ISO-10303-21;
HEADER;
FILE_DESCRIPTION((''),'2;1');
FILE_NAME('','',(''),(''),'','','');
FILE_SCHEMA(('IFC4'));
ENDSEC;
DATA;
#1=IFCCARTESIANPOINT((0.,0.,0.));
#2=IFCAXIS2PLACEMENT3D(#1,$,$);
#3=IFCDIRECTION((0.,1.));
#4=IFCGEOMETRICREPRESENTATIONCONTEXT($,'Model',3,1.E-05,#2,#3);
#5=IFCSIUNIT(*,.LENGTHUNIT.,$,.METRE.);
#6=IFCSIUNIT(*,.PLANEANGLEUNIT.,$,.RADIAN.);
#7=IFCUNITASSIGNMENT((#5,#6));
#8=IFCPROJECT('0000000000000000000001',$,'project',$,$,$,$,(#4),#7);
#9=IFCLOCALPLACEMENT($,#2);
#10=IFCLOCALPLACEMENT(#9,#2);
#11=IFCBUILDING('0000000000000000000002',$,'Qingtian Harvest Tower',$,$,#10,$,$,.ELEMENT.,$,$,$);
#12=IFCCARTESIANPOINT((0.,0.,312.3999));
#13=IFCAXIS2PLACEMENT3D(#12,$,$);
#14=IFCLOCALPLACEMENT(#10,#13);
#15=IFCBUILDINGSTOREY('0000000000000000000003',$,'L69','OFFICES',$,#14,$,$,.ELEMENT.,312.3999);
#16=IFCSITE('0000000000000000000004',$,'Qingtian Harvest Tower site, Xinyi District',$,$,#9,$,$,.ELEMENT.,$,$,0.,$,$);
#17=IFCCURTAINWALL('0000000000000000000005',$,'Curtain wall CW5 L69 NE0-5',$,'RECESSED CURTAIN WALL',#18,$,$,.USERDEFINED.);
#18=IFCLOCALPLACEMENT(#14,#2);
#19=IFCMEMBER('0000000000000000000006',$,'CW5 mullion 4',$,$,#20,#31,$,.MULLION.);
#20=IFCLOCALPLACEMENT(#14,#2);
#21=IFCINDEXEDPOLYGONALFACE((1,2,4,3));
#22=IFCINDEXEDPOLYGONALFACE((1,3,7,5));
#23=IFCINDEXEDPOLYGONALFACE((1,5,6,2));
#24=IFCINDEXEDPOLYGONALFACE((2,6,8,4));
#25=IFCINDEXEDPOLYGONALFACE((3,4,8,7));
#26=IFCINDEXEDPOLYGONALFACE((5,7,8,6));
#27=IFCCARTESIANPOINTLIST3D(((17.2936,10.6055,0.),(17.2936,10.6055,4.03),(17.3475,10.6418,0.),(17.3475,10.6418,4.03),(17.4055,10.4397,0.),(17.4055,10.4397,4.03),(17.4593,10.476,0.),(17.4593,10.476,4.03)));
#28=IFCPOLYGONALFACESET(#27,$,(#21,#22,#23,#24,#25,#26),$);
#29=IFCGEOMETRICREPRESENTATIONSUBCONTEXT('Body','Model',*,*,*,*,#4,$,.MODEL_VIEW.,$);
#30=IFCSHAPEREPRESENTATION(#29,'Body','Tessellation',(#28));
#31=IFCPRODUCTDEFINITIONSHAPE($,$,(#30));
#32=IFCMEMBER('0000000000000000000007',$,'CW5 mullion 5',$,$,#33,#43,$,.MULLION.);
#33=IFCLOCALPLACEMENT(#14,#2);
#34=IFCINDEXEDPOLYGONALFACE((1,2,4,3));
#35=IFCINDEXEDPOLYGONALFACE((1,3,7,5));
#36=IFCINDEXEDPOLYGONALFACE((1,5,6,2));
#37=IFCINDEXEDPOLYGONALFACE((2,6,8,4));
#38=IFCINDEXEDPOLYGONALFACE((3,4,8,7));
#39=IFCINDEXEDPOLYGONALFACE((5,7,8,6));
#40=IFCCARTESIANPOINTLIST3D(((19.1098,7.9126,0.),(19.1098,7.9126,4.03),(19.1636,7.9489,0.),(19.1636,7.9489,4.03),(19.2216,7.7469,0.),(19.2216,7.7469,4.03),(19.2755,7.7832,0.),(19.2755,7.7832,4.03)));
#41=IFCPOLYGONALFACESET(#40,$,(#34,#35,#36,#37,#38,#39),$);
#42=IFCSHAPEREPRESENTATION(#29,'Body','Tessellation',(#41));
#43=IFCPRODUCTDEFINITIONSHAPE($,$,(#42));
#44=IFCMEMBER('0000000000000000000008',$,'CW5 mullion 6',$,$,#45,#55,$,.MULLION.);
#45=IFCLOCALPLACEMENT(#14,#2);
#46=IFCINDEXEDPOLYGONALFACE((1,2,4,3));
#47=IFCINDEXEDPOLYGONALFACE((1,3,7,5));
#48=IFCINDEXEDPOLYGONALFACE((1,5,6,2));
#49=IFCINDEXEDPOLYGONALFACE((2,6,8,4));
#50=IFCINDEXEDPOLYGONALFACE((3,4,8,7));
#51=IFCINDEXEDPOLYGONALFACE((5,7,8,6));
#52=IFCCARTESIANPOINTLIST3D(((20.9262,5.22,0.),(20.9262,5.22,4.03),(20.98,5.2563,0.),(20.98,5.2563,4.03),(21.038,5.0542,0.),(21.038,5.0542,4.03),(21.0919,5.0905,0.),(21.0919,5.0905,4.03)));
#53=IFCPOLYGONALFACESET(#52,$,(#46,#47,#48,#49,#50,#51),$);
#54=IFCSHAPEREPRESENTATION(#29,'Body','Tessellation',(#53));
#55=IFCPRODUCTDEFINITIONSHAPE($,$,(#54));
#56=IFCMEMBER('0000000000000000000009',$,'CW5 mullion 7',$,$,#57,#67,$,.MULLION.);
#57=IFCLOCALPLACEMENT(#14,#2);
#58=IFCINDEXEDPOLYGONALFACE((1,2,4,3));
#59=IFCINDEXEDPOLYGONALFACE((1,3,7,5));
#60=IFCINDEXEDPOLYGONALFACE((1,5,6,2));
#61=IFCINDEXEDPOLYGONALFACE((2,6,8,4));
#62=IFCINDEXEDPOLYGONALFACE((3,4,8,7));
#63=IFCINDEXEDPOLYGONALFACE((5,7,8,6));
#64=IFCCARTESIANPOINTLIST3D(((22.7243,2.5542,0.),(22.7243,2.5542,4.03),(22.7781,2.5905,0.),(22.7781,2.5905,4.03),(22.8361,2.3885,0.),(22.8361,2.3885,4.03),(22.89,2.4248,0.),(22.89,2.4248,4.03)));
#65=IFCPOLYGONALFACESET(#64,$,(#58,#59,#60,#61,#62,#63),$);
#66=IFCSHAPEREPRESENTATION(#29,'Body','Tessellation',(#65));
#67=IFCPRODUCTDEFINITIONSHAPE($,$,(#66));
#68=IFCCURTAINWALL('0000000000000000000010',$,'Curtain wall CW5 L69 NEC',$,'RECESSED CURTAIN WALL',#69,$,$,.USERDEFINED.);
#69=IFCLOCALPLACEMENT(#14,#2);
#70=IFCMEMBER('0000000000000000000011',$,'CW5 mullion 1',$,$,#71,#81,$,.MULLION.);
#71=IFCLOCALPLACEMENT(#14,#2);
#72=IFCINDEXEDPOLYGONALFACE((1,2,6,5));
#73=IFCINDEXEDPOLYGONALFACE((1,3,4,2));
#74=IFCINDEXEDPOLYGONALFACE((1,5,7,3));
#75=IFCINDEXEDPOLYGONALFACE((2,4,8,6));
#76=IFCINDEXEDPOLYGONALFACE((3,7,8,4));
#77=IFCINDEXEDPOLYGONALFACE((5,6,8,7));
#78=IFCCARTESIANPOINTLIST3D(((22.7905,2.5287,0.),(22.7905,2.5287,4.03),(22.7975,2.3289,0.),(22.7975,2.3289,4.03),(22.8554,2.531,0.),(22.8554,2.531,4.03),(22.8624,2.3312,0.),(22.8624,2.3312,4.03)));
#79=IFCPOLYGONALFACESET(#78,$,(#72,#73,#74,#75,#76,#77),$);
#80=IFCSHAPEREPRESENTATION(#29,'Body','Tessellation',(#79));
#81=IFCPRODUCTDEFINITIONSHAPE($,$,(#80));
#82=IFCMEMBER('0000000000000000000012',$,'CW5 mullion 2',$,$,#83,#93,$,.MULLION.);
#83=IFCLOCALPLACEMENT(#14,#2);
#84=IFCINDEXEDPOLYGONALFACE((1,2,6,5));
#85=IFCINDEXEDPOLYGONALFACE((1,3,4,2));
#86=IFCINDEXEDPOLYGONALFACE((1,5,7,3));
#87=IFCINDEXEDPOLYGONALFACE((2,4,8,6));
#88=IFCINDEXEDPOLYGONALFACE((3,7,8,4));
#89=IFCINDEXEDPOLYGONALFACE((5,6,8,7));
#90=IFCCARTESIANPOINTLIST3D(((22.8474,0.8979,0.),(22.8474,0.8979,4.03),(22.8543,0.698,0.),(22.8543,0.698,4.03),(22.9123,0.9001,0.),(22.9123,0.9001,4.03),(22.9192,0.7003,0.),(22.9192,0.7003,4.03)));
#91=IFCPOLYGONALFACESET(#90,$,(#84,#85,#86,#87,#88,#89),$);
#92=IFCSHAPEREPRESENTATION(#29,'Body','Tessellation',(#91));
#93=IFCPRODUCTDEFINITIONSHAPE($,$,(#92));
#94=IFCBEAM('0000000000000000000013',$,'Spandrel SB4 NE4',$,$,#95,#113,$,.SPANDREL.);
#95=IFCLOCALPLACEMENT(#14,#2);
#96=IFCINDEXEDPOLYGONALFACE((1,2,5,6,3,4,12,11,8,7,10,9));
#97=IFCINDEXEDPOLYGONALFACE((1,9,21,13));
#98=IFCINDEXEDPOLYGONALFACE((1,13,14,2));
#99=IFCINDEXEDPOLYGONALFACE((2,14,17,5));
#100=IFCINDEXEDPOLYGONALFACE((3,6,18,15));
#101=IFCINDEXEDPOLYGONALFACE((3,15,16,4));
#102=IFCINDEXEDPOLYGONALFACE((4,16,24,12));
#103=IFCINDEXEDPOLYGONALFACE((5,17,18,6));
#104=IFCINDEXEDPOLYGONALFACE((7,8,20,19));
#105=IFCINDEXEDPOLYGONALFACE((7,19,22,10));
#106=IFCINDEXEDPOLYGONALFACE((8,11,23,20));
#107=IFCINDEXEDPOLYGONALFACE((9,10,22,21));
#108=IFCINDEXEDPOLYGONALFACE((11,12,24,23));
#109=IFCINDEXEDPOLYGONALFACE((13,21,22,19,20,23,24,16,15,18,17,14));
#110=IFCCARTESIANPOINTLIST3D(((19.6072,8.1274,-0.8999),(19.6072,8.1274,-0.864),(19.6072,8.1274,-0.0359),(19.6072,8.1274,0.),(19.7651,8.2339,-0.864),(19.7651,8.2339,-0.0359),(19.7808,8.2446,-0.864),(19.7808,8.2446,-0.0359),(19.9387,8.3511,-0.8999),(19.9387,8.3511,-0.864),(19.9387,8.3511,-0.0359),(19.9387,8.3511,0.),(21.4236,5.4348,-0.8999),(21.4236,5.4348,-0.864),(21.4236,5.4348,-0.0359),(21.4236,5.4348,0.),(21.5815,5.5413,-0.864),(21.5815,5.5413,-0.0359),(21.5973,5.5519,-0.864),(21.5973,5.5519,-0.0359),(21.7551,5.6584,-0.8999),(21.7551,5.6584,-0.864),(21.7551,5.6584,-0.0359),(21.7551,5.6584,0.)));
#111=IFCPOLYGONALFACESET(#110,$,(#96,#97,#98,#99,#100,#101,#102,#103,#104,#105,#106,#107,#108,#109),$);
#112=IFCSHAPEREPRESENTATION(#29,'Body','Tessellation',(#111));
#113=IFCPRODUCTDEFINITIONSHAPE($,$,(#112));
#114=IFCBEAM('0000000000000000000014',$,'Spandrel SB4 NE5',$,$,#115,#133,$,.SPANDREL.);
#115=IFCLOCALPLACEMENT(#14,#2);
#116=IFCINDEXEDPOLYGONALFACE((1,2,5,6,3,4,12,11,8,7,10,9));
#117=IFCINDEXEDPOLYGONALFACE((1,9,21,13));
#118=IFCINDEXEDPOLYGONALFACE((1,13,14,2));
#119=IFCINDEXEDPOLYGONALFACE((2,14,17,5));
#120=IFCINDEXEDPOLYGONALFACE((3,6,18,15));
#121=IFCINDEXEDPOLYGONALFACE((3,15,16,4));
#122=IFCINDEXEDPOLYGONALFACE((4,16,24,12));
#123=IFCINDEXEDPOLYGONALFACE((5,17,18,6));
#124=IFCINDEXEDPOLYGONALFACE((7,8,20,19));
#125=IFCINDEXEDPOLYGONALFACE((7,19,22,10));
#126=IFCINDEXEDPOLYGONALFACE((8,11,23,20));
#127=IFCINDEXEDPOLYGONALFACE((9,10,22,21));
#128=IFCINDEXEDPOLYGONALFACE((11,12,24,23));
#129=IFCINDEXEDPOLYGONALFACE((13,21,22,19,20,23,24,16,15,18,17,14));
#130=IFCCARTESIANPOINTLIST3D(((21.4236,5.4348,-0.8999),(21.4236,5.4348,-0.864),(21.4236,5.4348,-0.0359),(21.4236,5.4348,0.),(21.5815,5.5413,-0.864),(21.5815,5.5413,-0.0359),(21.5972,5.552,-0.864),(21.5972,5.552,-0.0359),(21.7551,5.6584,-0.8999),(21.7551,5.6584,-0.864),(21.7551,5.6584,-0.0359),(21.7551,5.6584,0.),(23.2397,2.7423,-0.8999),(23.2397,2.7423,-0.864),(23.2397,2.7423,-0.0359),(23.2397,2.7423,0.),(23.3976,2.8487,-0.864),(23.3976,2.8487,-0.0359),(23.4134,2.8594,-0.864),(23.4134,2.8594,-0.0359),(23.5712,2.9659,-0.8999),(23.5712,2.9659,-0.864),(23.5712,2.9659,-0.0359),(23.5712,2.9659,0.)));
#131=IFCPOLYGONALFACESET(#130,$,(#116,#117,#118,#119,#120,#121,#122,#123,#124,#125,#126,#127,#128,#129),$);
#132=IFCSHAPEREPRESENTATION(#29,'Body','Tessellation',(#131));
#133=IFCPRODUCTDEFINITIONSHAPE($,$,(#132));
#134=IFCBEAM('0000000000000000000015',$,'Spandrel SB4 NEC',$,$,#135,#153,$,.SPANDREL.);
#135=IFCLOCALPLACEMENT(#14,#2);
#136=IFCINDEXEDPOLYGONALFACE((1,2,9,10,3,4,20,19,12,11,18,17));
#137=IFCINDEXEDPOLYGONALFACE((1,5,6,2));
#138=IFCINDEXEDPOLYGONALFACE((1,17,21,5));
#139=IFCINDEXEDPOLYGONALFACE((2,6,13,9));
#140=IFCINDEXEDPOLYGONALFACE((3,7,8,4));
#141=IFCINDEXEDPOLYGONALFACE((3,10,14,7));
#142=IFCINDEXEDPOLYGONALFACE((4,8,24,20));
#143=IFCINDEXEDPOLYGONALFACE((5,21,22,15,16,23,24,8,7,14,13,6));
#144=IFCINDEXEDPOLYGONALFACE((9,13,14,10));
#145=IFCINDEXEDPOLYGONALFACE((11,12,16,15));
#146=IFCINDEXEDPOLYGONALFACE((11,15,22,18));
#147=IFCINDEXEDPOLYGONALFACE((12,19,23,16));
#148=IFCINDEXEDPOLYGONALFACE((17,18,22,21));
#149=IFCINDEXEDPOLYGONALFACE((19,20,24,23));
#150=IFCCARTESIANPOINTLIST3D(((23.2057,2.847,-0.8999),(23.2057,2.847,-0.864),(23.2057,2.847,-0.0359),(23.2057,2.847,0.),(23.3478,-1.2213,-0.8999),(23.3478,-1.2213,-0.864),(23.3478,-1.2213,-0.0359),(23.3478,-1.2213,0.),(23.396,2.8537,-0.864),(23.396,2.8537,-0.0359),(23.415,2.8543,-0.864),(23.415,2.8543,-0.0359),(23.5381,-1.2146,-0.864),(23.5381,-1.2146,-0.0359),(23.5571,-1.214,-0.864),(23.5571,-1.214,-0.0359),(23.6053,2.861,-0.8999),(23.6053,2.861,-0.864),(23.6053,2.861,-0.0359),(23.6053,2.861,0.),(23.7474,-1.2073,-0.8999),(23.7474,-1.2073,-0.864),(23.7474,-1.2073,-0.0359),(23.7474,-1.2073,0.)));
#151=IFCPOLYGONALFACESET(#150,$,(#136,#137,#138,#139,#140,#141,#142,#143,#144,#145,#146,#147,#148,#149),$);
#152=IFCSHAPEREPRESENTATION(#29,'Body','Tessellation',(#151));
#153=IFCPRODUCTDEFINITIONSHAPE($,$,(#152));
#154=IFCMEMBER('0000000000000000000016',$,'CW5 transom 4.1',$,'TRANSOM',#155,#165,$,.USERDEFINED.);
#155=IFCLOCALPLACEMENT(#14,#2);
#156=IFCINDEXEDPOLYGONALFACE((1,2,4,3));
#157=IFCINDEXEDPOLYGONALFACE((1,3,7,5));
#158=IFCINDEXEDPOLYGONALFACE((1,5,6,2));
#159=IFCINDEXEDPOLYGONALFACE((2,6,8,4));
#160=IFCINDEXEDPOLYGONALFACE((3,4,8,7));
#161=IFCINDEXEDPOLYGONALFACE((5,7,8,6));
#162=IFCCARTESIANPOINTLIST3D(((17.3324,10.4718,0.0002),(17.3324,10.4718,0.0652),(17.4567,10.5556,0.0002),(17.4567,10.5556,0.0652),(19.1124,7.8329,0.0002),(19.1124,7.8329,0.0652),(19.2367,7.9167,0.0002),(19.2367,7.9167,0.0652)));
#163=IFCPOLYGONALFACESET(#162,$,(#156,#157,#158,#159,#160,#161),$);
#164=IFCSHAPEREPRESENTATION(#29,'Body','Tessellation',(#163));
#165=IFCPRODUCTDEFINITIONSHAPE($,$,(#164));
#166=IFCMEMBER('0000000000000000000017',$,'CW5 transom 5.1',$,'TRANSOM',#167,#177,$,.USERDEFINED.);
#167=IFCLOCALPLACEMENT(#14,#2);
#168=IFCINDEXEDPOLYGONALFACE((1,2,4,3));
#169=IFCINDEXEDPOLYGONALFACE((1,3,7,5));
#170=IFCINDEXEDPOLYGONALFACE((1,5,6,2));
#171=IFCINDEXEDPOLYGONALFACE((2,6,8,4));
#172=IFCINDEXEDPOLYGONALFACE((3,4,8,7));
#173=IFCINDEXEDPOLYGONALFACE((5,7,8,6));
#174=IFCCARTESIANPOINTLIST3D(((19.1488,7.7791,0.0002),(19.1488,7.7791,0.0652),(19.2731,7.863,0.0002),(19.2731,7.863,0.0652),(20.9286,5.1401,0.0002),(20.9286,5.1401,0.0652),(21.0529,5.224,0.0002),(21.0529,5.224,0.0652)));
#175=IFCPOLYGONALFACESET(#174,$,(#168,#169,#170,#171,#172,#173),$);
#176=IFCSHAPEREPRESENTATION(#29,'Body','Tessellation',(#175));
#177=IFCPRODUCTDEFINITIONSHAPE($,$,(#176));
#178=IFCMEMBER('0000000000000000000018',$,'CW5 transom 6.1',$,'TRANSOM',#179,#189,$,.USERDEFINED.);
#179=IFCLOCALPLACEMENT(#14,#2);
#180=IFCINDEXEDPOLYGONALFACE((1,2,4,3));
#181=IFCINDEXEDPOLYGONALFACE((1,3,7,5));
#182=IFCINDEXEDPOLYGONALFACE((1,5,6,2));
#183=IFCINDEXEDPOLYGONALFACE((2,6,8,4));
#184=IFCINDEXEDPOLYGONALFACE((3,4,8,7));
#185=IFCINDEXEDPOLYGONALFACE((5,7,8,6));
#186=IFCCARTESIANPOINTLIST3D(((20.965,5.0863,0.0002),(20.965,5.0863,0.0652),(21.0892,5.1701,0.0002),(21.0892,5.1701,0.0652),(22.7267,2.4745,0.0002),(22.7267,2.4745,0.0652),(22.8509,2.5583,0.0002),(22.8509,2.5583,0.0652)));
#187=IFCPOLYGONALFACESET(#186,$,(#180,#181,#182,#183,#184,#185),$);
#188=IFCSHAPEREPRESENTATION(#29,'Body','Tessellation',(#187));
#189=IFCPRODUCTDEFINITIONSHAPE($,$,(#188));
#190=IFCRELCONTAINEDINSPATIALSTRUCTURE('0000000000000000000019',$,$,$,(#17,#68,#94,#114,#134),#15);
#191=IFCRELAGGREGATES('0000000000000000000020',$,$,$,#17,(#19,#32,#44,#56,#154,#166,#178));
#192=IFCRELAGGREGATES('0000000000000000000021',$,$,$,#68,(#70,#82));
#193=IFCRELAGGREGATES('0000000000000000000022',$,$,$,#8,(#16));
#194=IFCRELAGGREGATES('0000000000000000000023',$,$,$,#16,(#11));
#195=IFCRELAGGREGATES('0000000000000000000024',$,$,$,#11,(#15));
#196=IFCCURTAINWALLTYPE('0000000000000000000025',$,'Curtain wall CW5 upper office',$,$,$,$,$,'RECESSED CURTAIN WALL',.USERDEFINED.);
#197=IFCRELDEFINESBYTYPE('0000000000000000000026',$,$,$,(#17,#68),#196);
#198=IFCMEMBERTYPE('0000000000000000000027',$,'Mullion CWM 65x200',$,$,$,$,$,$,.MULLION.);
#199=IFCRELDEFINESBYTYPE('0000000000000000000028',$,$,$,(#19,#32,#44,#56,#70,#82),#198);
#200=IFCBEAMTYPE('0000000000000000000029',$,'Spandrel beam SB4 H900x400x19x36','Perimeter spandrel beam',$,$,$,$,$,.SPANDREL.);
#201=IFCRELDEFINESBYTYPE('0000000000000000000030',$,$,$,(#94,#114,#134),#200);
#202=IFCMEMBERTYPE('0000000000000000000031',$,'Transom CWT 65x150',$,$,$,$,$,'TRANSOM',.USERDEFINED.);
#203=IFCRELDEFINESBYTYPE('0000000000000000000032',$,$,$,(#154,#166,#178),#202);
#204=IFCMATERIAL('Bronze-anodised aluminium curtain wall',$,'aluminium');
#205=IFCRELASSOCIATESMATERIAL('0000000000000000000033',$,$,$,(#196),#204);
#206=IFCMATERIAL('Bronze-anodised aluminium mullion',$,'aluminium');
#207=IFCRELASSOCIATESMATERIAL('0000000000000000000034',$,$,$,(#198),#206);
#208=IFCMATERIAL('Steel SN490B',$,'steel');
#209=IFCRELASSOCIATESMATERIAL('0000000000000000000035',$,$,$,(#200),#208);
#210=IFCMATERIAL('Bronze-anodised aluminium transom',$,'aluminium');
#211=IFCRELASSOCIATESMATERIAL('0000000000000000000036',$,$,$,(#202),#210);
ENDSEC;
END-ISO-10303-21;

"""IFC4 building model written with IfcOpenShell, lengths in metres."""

from ifc_helpers import new_model, si_unit, direction, frame, origin, origin_2d, place, context, subcontext, project, spatial, rectangle, i_section, extrude, material, material_profile, profile_set, type_object, element, aggregate, save


model = new_model("IFC4")

# Units and contexts
model_context = context("Model", 3, precision=1e-05, world=origin(), true_north=direction((0.0, 1.0)))
body_context = subcontext(model_context, "Body", "Model", "MODEL_VIEW")
ifc_project = project(units=[si_unit("LENGTHUNIT", "METRE"), si_unit("PLANEANGLEUNIT", "RADIAN")], contexts=[model_context])

# Site, building, storey
site_placement = place(None, origin())
site = spatial("IfcSite", under=ifc_project, at=site_placement, Name="Qingtian Harvest Tower site, Xinyi District", CompositionType="ELEMENT", RefElevation=0.0)
building_placement = place(site_placement, origin())
building = spatial("IfcBuilding", under=site, at=building_placement, Name="Qingtian Harvest Tower", CompositionType="ELEMENT")
storey_placement = place(building_placement, frame((0.0, 0.0, 312.3999)))
storey = spatial("IfcBuildingStorey", under=building, at=storey_placement, Name="L69", Description="OFFICES", CompositionType="ELEMENT", Elevation=312.3999)

# Curtain walls, members
ifc_material_1 = material(Name="Bronze-anodised aluminium curtain wall", Category="aluminium")
curtain_wall_type = type_object("IfcCurtainWallType", Name="Curtain wall CW5 upper office", ElementType="RECESSED CURTAIN WALL", PredefinedType="USERDEFINED", material=ifc_material_1)
curtain_wall_1_placement = place(storey_placement, origin())
curtain_wall_1 = element("IfcCurtainWall", 1, at=curtain_wall_1_placement, inside=storey, type_object=curtain_wall_type, Name="Curtain wall CW5 L69 NE0-5", ObjectType="RECESSED CURTAIN WALL", PredefinedType="USERDEFINED")
ifc_material_2 = material(Name="Bronze-anodised aluminium mullion", Category="aluminium")
ifc_material_profile_1 = material_profile(ifc_material_2, rectangle(XDim=0.0649, YDim=0.2, at=origin_2d()), Name="AL 65x200")
ifc_profile_set_1 = profile_set([ifc_material_profile_1], Name="Bronze-anodised aluminium mullion")
member_type_1 = type_object("IfcMemberType", Name="Mullion CWM 65x200", PredefinedType="MULLION", material=ifc_profile_set_1)
member_1_placement = place(storey_placement, frame((17.3765, 10.5408, 0.0), z_axis=(0.0, 0.0, 1.0), x_axis=(0.829038, 0.559193, 0.0)))
member_1 = element("IfcMember", 2, at=member_1_placement, type_object=member_type_1, Name="CW5 mullion 4", PredefinedType="MULLION", context=body_context, shape_type="SweptSolid", body=[
    extrude(rectangle(XDim=0.0649, YDim=0.2, at=origin_2d()), origin(), (0.0, 0.0, 1.0), 4.03),
])
member_2_placement = place(storey_placement, frame((19.1926, 7.8479, 0.0), z_axis=(0.0, 0.0, 1.0), x_axis=(0.829038, 0.559193, 0.0)))
member_2 = element("IfcMember", 3, at=member_2_placement, type_object=member_type_1, Name="CW5 mullion 5", PredefinedType="MULLION", context=body_context, shape_type="SweptSolid", body=[
    extrude(rectangle(XDim=0.0649, YDim=0.2, at=origin_2d()), origin(), (0.0, 0.0, 1.0), 4.03),
])
member_3_placement = place(storey_placement, frame((21.009, 5.1553, 0.0), z_axis=(0.0, 0.0, 1.0), x_axis=(0.829038, 0.559193, 0.0)))
member_3 = element("IfcMember", 4, at=member_3_placement, type_object=member_type_1, Name="CW5 mullion 6", PredefinedType="MULLION", context=body_context, shape_type="SweptSolid", body=[
    extrude(rectangle(XDim=0.0649, YDim=0.2, at=origin_2d()), origin(), (0.0, 0.0, 1.0), 4.03),
])
member_4_placement = place(storey_placement, frame((22.8071, 2.4895, 0.0), z_axis=(0.0, 0.0, 1.0), x_axis=(0.829038, 0.559193, 0.0)))
member_4 = element("IfcMember", 5, at=member_4_placement, type_object=member_type_1, Name="CW5 mullion 7", PredefinedType="MULLION", context=body_context, shape_type="SweptSolid", body=[
    extrude(rectangle(XDim=0.0649, YDim=0.2, at=origin_2d()), origin(), (0.0, 0.0, 1.0), 4.03),
])
curtain_wall_2_placement = place(storey_placement, origin())
curtain_wall_2 = element("IfcCurtainWall", 6, at=curtain_wall_2_placement, inside=storey, type_object=curtain_wall_type, Name="Curtain wall CW5 L69 NEC", ObjectType="RECESSED CURTAIN WALL", PredefinedType="USERDEFINED")
member_5_placement = place(storey_placement, frame((22.8264, 2.4299, 0.0), z_axis=(0.0, 0.0, 1.0), x_axis=(0.999391, 0.034899, 0.0)))
member_5 = element("IfcMember", 7, at=member_5_placement, type_object=member_type_1, Name="CW5 mullion 1", PredefinedType="MULLION", context=body_context, shape_type="SweptSolid", body=[
    extrude(rectangle(XDim=0.0649, YDim=0.2, at=origin_2d()), origin(), (0.0, 0.0, 1.0), 4.03),
])
member_6_placement = place(storey_placement, frame((22.8833, 0.7991, 0.0), z_axis=(0.0, 0.0, 1.0), x_axis=(0.999391, 0.034899, 0.0)))
member_6 = element("IfcMember", 8, at=member_6_placement, type_object=member_type_1, Name="CW5 mullion 2", PredefinedType="MULLION", context=body_context, shape_type="SweptSolid", body=[
    extrude(rectangle(XDim=0.0649, YDim=0.2, at=origin_2d()), origin(), (0.0, 0.0, 1.0), 4.03),
])

# Beams
ifc_material_3 = material(Name="Steel SN490B", Category="steel")
ifc_material_profile_2 = material_profile(ifc_material_3, i_section(OverallWidth=0.3999, OverallDepth=0.8999, WebThickness=0.019, FlangeThickness=0.0359, at=origin_2d()), Name="H900x400x19x36")
ifc_profile_set_2 = profile_set([ifc_material_profile_2], Name="Steel SN490B")
beam_type_1 = type_object("IfcBeamType", Name="Spandrel beam SB4 H900x400x19x36", Description="Perimeter spandrel beam", PredefinedType="SPANDREL", material=ifc_profile_set_2)
beam_1_placement = place(storey_placement, frame((19.7729, 8.2393, -0.45), z_axis=(0.559237, -0.829008, 0.0), x_axis=(0.829008, 0.559237, 0.0)))
element("IfcBeam", 9, at=beam_1_placement, inside=storey, type_object=beam_type_1, Name="Spandrel SB4 NE4", PredefinedType="SPANDREL", context=body_context, shape_type="SweptSolid", body=[
    extrude(i_section(OverallWidth=0.3999, OverallDepth=0.8999, WebThickness=0.019, FlangeThickness=0.0359, at=origin_2d()), origin(), (0.0, 0.0, 1.0), 3.248),
])
beam_2_placement = place(storey_placement, frame((21.5894, 5.5466, -0.45), z_axis=(0.559185, -0.829043, 0.0), x_axis=(0.829043, 0.559185, 0.0)))
element("IfcBeam", 10, at=beam_2_placement, inside=storey, type_object=beam_type_1, Name="Spandrel SB4 NE5", PredefinedType="SPANDREL", context=body_context, shape_type="SweptSolid", body=[
    extrude(i_section(OverallWidth=0.3999, OverallDepth=0.8999, WebThickness=0.019, FlangeThickness=0.0359, at=origin_2d()), origin(), (0.0, 0.0, 1.0), 3.2478),
])
beam_3_placement = place(storey_placement, frame((23.4055, 2.854, -0.45), z_axis=(0.034904, -0.999391, 0.0), x_axis=(0.999391, 0.034904, 0.0)))
element("IfcBeam", 11, at=beam_3_placement, inside=storey, type_object=beam_type_1, Name="Spandrel SB4 NEC", PredefinedType="SPANDREL", context=body_context, shape_type="SweptSolid", body=[
    extrude(i_section(OverallWidth=0.3999, OverallDepth=0.8999, WebThickness=0.019, FlangeThickness=0.0359, at=origin_2d()), origin(), (0.0, 0.0, 1.0), 4.0708),
])

# Members
ifc_material_4 = material(Name="Bronze-anodised aluminium transom", Category="aluminium")
ifc_material_profile_3 = material_profile(ifc_material_4, rectangle(XDim=0.1499, YDim=0.0649, at=origin_2d()), Name="AL 65x150")
ifc_profile_set_3 = profile_set([ifc_material_profile_3], Name="Bronze-anodised aluminium transom")
member_type_2 = type_object("IfcMemberType", Name="Transom CWT 65x150", ElementType="TRANSOM", PredefinedType="USERDEFINED", material=ifc_profile_set_3)
member_7_placement = place(storey_placement, frame((17.3945, 10.5137, 0.0327), z_axis=(0.559205, -0.829029, 0.0), x_axis=(0.829029, 0.559205, 0.0)))
member_7 = element("IfcMember", 12, at=member_7_placement, type_object=member_type_2, Name="CW5 transom 4.1", ObjectType="TRANSOM", PredefinedType="USERDEFINED", context=body_context, shape_type="SweptSolid", body=[
    extrude(rectangle(XDim=0.1499, YDim=0.0649, at=origin_2d()), origin(), (0.0, 0.0, 1.0), 3.1831),
])
member_8_placement = place(storey_placement, frame((19.2109, 7.821, 0.0327), z_axis=(0.559153, -0.829065, 0.0), x_axis=(0.829065, 0.559153, 0.0)))
member_8 = element("IfcMember", 13, at=member_8_placement, type_object=member_type_2, Name="CW5 transom 5.1", ObjectType="TRANSOM", PredefinedType="USERDEFINED", context=body_context, shape_type="SweptSolid", body=[
    extrude(rectangle(XDim=0.1499, YDim=0.0649, at=origin_2d()), origin(), (0.0, 0.0, 1.0), 3.1831),
])
member_9_placement = place(storey_placement, frame((21.0271, 5.1282, 0.0327), z_axis=(0.559199, -0.829034, 0.0), x_axis=(0.829034, 0.559199, 0.0)))
member_9 = element("IfcMember", 14, at=member_9_placement, type_object=member_type_2, Name="CW5 transom 6.1", ObjectType="TRANSOM", PredefinedType="USERDEFINED", context=body_context, shape_type="SweptSolid", body=[
    extrude(rectangle(XDim=0.1499, YDim=0.0649, at=origin_2d()), origin(), (0.0, 0.0, 1.0), 3.1504),
])

aggregate(curtain_wall_1, [member_1, member_2, member_3, member_4, member_7, member_8, member_9])
aggregate(curtain_wall_2, [member_5, member_6])

save(model, "model.ifc")
